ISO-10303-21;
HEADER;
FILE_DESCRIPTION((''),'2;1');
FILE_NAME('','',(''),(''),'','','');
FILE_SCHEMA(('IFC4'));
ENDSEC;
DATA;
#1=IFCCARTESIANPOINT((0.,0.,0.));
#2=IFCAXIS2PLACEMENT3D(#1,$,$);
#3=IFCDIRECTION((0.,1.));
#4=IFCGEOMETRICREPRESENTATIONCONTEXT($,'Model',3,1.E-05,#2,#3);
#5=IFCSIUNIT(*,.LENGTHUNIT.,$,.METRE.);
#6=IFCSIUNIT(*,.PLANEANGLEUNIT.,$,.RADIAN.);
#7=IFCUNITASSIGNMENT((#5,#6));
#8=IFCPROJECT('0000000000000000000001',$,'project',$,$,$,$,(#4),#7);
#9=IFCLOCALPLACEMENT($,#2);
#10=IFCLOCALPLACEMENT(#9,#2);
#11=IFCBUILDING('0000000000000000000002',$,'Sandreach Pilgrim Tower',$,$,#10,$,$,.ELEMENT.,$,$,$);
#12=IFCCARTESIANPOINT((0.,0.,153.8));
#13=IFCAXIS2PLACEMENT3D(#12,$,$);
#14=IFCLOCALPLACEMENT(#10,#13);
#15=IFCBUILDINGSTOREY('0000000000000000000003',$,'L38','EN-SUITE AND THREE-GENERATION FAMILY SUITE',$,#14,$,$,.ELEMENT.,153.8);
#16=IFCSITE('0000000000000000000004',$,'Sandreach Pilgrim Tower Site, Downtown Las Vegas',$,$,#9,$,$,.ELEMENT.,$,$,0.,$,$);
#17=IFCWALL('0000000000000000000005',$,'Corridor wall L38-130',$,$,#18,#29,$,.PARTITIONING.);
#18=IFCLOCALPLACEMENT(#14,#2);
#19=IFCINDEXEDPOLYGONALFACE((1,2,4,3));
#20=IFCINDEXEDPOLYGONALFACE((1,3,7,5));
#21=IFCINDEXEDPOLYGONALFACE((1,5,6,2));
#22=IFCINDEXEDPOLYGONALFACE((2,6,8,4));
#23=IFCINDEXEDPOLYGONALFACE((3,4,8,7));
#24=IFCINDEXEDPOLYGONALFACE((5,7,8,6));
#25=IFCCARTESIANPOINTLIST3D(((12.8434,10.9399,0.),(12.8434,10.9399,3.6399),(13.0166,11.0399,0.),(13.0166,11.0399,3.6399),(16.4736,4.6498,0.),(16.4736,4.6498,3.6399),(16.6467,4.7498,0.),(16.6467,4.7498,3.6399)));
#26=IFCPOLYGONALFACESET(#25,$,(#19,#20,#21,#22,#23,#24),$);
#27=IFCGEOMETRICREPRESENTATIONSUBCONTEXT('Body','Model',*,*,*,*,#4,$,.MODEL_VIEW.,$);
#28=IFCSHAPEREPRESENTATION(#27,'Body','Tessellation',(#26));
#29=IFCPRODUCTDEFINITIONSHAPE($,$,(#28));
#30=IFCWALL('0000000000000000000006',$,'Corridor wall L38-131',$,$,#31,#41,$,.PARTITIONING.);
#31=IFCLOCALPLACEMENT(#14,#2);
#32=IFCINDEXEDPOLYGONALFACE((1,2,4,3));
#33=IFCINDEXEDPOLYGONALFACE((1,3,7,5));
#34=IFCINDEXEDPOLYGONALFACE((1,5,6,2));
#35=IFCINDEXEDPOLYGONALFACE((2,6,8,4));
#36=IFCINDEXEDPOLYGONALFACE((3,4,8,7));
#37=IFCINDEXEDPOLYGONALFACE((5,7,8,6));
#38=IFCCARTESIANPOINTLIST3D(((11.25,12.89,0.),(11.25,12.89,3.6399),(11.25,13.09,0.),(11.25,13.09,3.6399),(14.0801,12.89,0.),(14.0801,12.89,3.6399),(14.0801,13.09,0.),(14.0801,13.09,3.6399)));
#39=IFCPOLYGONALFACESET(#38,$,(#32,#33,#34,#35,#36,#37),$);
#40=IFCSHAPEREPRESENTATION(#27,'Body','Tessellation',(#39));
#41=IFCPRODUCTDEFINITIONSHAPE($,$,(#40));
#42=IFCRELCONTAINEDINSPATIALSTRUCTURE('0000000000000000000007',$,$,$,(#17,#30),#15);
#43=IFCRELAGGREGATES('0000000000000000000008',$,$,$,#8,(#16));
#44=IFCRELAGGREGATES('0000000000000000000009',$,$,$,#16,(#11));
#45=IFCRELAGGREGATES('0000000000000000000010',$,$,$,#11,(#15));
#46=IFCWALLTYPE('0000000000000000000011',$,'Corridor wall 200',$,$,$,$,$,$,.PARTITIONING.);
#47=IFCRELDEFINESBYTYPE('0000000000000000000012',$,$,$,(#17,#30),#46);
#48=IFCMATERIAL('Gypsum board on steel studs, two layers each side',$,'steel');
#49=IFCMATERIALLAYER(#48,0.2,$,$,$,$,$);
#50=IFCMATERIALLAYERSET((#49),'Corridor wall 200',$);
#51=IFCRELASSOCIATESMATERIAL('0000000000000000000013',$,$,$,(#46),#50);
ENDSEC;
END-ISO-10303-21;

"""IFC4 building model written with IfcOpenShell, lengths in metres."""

from ifc_helpers import new_model, si_unit, direction, frame, frame_2d, origin, place, context, subcontext, project, spatial, rectangle, extrude, material, layer, layer_set, type_object, element, save


model = new_model("IFC4")

# Units and contexts
model_context = context("Model", 3, precision=1e-05, world=origin(), true_north=direction((0.0, 1.0)))
body_context = subcontext(model_context, "Body", "Model", "MODEL_VIEW")
ifc_project = project(units=[si_unit("LENGTHUNIT", "METRE"), si_unit("PLANEANGLEUNIT", "RADIAN")], contexts=[model_context])

# Site, building, storey
site_placement = place(None, origin())
site = spatial("IfcSite", under=ifc_project, at=site_placement, Name="Sandreach Pilgrim Tower Site, Downtown Las Vegas", CompositionType="ELEMENT", RefElevation=0.0)
building_placement = place(site_placement, origin())
building = spatial("IfcBuilding", under=site, at=building_placement, Name="Sandreach Pilgrim Tower", CompositionType="ELEMENT")
storey_placement = place(building_placement, frame((0.0, 0.0, 153.8)))
storey = spatial("IfcBuildingStorey", under=building, at=storey_placement, Name="L38", Description="EN-SUITE AND THREE-GENERATION FAMILY SUITE", CompositionType="ELEMENT", Elevation=153.8)

# Shared definitions
ifc_material_1 = material(Name="Gypsum board on steel studs, two layers each side", Category="steel")
ifc_layer_1 = layer(ifc_material_1, 0.2)
ifc_layer_set_1 = layer_set([ifc_layer_1], Name="Corridor wall 200")
wall_type_1 = type_object("IfcWallType", Name="Corridor wall 200", PredefinedType="PARTITIONING", material=ifc_layer_set_1)

# Walls
wall_1_placement = place(storey_placement, frame((12.9299, 10.99, 0.0), z_axis=(0.0, 0.0, 1.0), x_axis=(0.499852, -0.866111, 0.0)))
element("IfcWall", 1, at=wall_1_placement, inside=storey, type_object=wall_type_1, Name="Corridor wall L38-130", PredefinedType="PARTITIONING", context=body_context, shape_type="SweptSolid", body=[
    extrude(rectangle(XDim=7.2625, YDim=0.2, at=frame_2d((3.6313, 0.0))), origin(), (0.0, 0.0, 1.0), 3.6399),
])
wall_2_placement = place(storey_placement, frame((14.0801, 12.99, 0.0), z_axis=(0.0, 0.0, 1.0), x_axis=(-1.0, 0.0, 0.0)))
element("IfcWall", 2, at=wall_2_placement, inside=storey, type_object=wall_type_1, Name="Corridor wall L38-131", PredefinedType="PARTITIONING", context=body_context, shape_type="SweptSolid", body=[
    extrude(rectangle(XDim=2.8301, YDim=0.2, at=frame_2d((1.415, 0.0))), origin(), (0.0, 0.0, 1.0), 3.6399),
])

save(model, "model.ifc")
